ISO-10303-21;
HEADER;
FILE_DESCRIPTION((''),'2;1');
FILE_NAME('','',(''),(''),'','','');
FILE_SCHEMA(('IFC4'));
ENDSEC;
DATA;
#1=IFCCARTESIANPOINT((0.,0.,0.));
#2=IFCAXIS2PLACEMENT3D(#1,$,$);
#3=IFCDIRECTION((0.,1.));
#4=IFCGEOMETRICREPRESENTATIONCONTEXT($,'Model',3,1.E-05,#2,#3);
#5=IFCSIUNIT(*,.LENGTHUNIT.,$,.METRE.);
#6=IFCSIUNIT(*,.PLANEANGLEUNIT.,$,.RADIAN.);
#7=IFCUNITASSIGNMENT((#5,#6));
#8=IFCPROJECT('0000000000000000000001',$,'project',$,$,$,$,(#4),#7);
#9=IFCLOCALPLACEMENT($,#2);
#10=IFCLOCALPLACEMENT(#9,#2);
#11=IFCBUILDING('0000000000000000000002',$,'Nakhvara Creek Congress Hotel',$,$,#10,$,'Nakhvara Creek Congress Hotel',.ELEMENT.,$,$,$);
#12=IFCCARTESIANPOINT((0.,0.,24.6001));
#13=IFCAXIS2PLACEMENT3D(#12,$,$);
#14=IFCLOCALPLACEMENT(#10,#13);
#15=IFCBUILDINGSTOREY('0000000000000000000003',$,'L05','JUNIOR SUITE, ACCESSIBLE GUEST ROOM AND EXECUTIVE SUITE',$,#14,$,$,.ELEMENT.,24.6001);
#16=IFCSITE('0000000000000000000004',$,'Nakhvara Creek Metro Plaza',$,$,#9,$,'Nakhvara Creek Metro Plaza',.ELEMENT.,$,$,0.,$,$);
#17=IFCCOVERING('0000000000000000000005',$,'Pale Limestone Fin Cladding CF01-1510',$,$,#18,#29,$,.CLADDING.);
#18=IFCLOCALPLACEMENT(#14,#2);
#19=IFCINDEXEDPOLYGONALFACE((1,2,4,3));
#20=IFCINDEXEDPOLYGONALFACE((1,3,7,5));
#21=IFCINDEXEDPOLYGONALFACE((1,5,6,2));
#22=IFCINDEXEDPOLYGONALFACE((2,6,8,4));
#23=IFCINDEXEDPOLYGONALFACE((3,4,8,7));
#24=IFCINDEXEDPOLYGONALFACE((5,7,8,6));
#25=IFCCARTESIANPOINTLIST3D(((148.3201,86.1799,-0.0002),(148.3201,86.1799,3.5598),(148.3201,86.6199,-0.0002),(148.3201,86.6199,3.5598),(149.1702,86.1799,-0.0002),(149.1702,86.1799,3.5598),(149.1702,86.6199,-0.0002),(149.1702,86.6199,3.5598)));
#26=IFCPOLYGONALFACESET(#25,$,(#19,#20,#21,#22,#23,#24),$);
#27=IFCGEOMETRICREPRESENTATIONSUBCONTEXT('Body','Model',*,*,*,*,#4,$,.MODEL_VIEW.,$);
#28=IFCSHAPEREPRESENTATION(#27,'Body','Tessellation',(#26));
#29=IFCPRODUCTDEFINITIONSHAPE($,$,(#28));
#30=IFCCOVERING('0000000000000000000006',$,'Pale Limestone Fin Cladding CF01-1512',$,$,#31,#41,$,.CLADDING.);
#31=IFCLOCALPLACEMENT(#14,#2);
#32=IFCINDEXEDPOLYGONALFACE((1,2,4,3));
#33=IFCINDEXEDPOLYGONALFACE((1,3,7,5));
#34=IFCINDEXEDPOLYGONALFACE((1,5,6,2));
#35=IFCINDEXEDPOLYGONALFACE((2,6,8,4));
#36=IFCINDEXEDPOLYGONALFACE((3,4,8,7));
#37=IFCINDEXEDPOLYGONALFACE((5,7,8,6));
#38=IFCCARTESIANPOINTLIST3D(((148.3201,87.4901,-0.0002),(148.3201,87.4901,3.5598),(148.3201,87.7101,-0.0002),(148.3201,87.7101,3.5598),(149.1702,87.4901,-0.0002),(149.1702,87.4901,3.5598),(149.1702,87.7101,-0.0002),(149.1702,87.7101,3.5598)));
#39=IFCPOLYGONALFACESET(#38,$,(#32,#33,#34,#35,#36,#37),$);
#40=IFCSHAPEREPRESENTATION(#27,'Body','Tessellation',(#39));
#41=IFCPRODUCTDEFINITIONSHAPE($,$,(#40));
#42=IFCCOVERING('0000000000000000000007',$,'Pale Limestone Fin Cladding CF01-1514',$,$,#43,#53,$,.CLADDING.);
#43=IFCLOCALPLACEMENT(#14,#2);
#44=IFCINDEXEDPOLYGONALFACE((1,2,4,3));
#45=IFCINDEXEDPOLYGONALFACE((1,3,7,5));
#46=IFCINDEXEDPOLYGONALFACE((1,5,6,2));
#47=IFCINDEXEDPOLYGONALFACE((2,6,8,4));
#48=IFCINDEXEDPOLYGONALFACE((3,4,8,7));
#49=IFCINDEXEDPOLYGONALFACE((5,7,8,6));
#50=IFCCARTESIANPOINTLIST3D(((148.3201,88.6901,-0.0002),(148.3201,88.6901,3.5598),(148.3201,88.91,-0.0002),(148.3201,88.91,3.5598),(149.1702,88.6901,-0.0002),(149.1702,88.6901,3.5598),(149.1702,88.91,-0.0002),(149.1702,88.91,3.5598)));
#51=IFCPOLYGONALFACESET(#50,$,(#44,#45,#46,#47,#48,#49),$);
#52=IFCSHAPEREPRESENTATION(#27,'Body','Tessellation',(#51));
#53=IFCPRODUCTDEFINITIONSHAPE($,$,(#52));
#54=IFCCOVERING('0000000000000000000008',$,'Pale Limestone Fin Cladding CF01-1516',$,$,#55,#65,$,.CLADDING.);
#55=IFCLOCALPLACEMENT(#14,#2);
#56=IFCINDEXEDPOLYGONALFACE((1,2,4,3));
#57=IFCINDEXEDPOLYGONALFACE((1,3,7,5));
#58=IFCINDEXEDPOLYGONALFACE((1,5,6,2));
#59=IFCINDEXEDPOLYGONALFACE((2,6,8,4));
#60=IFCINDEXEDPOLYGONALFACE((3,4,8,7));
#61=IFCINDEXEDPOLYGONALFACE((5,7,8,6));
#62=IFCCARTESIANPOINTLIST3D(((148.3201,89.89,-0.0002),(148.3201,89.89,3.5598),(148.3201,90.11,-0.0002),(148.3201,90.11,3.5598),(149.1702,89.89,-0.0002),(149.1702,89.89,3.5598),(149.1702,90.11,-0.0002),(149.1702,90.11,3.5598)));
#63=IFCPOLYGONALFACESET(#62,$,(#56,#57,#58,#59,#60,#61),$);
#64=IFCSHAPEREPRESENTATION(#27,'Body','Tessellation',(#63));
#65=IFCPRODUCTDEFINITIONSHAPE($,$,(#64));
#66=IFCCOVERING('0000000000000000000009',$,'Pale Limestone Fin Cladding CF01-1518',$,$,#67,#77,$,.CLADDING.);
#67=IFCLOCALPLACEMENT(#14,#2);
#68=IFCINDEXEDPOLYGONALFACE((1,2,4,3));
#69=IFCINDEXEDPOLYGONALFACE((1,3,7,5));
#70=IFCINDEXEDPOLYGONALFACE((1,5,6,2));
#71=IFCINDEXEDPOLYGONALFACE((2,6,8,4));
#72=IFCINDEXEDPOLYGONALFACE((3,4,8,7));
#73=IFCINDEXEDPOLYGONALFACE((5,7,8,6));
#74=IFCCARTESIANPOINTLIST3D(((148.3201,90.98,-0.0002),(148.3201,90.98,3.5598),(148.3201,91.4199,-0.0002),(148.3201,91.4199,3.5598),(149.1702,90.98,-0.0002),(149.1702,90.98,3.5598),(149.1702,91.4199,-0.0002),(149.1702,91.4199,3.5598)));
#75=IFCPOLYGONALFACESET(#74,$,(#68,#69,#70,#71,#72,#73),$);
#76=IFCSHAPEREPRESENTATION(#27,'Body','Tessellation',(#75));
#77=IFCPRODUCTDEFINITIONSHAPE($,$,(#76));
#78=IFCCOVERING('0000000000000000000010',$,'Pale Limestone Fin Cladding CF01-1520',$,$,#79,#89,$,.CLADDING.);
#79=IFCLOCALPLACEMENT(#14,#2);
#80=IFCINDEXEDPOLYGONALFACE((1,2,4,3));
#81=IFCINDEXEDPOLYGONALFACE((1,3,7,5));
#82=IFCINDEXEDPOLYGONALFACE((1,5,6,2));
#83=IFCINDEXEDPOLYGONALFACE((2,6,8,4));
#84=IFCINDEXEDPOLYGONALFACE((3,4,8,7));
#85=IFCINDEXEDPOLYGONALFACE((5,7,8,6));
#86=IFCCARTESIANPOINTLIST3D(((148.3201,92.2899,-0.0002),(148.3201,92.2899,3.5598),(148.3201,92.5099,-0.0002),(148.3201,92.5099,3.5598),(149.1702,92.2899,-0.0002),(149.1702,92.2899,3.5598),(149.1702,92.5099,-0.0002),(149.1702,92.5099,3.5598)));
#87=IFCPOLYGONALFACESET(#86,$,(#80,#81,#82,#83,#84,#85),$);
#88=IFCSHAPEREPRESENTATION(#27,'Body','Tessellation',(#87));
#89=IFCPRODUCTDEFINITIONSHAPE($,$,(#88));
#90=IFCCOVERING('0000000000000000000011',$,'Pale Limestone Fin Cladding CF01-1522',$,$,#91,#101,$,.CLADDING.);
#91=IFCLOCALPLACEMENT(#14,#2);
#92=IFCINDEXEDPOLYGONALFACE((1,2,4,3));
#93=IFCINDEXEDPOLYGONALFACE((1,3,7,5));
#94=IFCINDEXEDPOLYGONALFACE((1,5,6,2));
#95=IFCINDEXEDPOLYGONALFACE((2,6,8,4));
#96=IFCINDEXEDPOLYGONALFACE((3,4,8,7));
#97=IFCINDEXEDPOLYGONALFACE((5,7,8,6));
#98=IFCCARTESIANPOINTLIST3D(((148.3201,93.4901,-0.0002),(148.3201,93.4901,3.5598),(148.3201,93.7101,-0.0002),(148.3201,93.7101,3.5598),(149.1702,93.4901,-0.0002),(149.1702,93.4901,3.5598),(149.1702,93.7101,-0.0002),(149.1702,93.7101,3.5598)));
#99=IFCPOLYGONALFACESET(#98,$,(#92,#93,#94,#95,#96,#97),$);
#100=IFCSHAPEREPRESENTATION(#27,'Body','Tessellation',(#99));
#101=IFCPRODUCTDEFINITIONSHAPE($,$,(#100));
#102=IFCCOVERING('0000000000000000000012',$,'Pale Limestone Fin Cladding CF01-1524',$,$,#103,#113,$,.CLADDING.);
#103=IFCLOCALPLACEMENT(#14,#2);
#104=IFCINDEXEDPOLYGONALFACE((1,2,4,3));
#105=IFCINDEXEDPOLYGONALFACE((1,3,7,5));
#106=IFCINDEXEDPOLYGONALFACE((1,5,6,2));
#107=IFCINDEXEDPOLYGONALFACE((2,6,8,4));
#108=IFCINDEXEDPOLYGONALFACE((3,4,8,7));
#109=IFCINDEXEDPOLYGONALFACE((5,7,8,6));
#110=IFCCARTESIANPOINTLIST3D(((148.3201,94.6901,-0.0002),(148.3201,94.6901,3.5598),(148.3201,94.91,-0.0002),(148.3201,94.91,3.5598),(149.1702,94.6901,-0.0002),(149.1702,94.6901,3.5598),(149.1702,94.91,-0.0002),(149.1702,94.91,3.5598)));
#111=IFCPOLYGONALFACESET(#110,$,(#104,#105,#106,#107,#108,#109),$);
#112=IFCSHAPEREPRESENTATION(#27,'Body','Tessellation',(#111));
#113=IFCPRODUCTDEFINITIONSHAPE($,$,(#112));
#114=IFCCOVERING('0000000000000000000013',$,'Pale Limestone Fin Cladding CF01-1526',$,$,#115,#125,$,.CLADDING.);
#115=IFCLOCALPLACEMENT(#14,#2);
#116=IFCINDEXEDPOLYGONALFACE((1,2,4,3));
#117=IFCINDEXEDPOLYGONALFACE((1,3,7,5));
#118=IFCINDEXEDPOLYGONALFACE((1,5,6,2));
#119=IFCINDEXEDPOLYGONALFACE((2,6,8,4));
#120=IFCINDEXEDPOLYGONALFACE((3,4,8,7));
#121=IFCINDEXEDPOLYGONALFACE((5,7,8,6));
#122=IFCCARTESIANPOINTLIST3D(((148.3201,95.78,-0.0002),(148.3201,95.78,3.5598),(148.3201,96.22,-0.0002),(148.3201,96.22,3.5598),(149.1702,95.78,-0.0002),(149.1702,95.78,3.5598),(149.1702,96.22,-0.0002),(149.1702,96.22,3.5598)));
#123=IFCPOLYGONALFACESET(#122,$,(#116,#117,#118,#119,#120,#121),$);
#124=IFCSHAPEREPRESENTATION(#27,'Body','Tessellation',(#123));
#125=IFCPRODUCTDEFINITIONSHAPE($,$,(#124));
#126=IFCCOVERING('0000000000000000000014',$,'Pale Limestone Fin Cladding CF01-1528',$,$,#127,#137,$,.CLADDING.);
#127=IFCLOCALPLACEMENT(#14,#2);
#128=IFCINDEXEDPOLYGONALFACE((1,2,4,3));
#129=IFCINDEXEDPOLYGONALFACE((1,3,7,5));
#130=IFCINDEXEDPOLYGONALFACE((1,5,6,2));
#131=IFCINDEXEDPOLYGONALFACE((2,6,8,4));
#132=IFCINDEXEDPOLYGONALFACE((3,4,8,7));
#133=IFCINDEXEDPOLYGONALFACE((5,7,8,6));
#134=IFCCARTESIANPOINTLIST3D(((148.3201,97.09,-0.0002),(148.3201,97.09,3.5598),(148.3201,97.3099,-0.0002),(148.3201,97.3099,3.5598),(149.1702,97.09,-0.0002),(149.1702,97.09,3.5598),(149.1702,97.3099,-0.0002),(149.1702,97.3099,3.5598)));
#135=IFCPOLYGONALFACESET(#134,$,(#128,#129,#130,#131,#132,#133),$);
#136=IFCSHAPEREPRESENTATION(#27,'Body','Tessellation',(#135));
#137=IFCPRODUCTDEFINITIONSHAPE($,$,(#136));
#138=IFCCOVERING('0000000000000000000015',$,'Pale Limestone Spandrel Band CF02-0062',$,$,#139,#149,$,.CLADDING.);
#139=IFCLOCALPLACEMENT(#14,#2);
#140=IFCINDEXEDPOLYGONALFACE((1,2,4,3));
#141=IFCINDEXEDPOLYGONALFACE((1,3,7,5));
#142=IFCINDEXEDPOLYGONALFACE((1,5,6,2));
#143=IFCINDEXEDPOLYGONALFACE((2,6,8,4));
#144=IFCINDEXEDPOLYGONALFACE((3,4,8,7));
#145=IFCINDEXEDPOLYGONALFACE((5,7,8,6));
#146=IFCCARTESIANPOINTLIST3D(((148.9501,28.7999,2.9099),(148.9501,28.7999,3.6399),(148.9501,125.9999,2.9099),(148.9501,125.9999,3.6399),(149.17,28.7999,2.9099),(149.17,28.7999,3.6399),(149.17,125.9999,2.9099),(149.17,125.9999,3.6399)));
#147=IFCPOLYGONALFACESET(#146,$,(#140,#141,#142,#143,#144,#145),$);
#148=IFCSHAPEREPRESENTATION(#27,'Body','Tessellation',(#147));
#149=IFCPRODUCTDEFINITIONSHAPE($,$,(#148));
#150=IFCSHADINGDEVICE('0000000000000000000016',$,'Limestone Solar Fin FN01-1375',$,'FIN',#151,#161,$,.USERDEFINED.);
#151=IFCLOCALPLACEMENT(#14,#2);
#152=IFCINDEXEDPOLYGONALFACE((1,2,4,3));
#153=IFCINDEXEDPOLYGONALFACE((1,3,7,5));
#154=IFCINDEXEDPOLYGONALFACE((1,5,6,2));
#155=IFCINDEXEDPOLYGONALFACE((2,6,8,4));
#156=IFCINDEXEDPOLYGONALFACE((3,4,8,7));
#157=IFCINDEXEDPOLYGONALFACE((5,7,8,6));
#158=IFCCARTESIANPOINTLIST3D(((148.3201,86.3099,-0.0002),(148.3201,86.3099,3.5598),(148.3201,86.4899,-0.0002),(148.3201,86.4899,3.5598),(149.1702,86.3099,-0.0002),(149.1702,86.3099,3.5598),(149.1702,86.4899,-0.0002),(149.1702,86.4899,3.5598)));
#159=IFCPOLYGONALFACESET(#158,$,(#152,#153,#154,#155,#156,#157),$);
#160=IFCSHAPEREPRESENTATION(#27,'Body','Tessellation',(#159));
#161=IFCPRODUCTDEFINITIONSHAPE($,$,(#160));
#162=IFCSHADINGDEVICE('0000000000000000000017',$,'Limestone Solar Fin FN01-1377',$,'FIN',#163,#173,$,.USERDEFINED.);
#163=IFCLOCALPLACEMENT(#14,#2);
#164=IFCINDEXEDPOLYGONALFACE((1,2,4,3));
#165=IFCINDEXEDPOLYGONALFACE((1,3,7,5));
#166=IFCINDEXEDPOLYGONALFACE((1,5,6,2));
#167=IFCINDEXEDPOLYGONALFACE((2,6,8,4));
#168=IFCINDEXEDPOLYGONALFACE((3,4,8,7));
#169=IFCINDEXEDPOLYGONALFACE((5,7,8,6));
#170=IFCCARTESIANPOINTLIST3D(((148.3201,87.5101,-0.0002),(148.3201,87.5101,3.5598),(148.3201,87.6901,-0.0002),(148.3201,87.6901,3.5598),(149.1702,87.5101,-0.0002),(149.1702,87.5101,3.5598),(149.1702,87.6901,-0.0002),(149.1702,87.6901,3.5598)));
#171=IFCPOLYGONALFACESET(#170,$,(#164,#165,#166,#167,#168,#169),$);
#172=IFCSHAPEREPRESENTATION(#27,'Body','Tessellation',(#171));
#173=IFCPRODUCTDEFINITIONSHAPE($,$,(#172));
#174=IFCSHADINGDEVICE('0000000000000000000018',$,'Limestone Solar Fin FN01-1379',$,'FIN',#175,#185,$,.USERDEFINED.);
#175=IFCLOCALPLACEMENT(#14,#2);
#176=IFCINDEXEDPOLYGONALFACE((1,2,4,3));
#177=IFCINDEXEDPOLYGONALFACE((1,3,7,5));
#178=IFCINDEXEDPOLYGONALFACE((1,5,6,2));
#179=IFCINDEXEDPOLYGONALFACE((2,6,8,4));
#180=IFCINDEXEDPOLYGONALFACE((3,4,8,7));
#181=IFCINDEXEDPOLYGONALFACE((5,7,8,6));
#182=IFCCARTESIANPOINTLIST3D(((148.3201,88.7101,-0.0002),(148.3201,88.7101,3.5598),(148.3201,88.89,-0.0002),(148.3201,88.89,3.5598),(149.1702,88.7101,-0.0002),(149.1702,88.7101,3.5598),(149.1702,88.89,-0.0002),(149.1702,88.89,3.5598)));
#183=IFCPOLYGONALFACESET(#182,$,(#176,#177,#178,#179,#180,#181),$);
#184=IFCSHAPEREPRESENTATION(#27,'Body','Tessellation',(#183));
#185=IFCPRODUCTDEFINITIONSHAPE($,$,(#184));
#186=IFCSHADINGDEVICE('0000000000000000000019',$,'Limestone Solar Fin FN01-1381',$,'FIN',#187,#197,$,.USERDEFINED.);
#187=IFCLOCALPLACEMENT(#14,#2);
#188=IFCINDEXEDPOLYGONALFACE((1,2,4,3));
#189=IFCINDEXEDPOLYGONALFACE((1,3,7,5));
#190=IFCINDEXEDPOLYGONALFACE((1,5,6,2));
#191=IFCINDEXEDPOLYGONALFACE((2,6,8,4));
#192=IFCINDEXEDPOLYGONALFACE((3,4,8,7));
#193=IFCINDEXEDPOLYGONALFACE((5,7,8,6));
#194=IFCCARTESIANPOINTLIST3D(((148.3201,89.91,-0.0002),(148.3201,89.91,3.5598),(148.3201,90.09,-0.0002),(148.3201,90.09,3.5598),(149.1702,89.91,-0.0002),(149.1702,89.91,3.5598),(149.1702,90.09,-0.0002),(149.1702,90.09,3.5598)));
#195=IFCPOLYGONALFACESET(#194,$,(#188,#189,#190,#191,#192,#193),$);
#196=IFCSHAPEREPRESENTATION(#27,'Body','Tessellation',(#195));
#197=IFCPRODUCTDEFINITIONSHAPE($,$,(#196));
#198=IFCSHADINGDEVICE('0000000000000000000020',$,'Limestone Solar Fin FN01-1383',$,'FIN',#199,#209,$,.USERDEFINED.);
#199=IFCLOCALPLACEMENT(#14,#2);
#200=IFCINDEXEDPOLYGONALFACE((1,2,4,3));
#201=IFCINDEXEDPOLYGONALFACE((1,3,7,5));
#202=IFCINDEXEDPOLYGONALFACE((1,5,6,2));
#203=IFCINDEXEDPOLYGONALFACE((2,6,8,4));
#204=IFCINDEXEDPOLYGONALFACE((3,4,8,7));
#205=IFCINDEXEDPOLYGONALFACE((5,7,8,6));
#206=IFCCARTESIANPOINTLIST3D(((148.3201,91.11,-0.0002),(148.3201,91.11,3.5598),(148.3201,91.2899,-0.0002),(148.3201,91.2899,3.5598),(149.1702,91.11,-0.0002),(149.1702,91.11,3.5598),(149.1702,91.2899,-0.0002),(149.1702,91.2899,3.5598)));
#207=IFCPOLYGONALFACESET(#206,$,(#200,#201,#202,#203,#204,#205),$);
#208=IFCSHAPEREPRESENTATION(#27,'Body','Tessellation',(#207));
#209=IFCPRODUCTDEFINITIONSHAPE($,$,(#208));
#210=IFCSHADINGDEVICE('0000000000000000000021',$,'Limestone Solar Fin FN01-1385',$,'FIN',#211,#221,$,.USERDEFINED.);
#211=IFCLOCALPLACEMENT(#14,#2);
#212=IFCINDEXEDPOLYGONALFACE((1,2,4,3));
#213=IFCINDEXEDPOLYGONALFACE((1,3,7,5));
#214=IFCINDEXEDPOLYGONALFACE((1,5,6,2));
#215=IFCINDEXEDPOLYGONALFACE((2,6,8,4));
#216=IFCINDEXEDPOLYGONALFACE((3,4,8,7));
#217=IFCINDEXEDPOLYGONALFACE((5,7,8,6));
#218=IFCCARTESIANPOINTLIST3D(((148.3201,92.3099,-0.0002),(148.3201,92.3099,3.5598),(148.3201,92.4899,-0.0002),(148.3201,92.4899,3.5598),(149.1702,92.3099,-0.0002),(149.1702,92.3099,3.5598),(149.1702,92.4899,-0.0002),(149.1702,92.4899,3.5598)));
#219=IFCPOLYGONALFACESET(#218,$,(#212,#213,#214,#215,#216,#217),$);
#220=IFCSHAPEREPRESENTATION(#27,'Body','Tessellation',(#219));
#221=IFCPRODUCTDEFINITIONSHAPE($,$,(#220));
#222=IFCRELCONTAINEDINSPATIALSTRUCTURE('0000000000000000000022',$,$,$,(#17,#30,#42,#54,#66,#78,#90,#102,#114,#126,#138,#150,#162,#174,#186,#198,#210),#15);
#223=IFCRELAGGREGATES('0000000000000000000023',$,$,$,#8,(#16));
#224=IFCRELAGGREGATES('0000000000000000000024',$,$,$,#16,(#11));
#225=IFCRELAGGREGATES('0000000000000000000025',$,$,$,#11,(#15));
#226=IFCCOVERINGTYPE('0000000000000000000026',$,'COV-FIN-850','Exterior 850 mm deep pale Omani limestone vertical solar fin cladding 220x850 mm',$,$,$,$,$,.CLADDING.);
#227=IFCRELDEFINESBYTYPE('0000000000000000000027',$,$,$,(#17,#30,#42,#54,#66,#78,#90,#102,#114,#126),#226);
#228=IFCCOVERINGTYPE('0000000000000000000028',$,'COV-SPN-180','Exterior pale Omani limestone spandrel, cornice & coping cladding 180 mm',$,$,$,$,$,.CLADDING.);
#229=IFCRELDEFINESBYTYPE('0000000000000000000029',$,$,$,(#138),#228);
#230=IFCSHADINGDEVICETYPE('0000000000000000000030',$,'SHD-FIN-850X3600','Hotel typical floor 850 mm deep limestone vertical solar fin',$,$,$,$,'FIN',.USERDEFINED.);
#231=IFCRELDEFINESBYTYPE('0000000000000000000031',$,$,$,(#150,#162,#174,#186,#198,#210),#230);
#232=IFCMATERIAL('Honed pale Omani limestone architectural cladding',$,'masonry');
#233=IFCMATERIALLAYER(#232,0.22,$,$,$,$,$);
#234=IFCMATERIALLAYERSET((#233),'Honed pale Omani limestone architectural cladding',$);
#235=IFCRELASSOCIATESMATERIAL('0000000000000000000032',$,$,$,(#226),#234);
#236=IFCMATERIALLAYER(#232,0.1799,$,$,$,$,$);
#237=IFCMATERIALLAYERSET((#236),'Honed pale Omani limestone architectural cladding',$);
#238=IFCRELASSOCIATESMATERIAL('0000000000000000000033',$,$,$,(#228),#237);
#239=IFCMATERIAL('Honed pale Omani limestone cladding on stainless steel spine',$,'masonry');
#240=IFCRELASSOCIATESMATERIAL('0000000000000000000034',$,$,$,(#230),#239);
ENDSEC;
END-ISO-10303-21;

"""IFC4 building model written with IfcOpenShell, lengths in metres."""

from ifc_helpers import new_model, si_unit, direction, frame, origin, origin_2d, place, context, subcontext, project, spatial, rectangle, extrude, material, layer, layer_set, type_object, element, save


model = new_model("IFC4")

# Units and contexts
model_context = context("Model", 3, precision=1e-05, world=origin(), true_north=direction((0.0, 1.0)))
body_context = subcontext(model_context, "Body", "Model", "MODEL_VIEW")
ifc_project = project(units=[si_unit("LENGTHUNIT", "METRE"), si_unit("PLANEANGLEUNIT", "RADIAN")], contexts=[model_context])

# Site, building, storey
site_placement = place(None, origin())
site = spatial("IfcSite", under=ifc_project, at=site_placement, Name="Nakhvara Creek Metro Plaza", LongName="Nakhvara Creek Metro Plaza", CompositionType="ELEMENT", RefElevation=0.0)
building_placement = place(site_placement, origin())
building = spatial("IfcBuilding", under=site, at=building_placement, Name="Nakhvara Creek Congress Hotel", LongName="Nakhvara Creek Congress Hotel", CompositionType="ELEMENT")
storey_placement = place(building_placement, frame((0.0, 0.0, 24.6001)))
storey = spatial("IfcBuildingStorey", under=building, at=storey_placement, Name="L05", Description="JUNIOR SUITE, ACCESSIBLE GUEST ROOM AND EXECUTIVE SUITE", CompositionType="ELEMENT", Elevation=24.6001)

# Coverings
ifc_material_1 = material(Name="Honed pale Omani limestone architectural cladding", Category="masonry")
ifc_layer_1 = layer(ifc_material_1, 0.22)
ifc_layer_set_1 = layer_set([ifc_layer_1], Name="Honed pale Omani limestone architectural cladding")
covering_type_1 = type_object("IfcCoveringType", Name="COV-FIN-850", Description="Exterior 850 mm deep pale Omani limestone vertical solar fin cladding 220x850 mm", PredefinedType="CLADDING", material=ifc_layer_set_1)
covering_1_placement = place(storey_placement, frame((148.7451, 86.3999, -0.0002), z_axis=(0.0, 0.0, 1.0), x_axis=(0.0, 1.0, 0.0)))
element("IfcCovering", 1, at=covering_1_placement, inside=storey, type_object=covering_type_1, Name="Pale Limestone Fin Cladding CF01-1510", PredefinedType="CLADDING", context=body_context, shape_type="SweptSolid", body=[
    extrude(rectangle(XDim=0.4399, YDim=0.8501, at=origin_2d()), origin(), (0.0, 0.0, 1.0), 3.5601),
])
for number, where, z_axis, x_axis, name in (
    (2, (148.7451, 87.6001, -0.0002), (0.0, 0.0, 1.0), (0.0, 1.0, 0.0), "Pale Limestone Fin Cladding CF01-1512"),
    (3, (148.7451, 88.8, -0.0002), (0.0, 0.0, 1.0), (0.0, 1.0, 0.0), "Pale Limestone Fin Cladding CF01-1514"),
    (4, (148.7451, 90.0, -0.0002), (0.0, 0.0, 1.0), (0.0, 1.0, 0.0), "Pale Limestone Fin Cladding CF01-1516"),
):
    element("IfcCovering", number, at=place(storey_placement, frame(where, z_axis=z_axis, x_axis=x_axis)), inside=storey, type_object=covering_type_1, Name=name, PredefinedType="CLADDING", context=body_context, shape_type="SweptSolid", body=[
        extrude(rectangle(XDim=0.22, YDim=0.8501, at=origin_2d()), origin(), (0.0, 0.0, 1.0), 3.5601),
    ])
covering_2_placement = place(storey_placement, frame((148.7451, 91.2, -0.0002), z_axis=(0.0, 0.0, 1.0), x_axis=(0.0, 1.0, 0.0)))
element("IfcCovering", 5, at=covering_2_placement, inside=storey, type_object=covering_type_1, Name="Pale Limestone Fin Cladding CF01-1518", PredefinedType="CLADDING", context=body_context, shape_type="SweptSolid", body=[
    extrude(rectangle(XDim=0.4399, YDim=0.8501, at=origin_2d()), origin(), (0.0, 0.0, 1.0), 3.5601),
])
for number, where, z_axis, x_axis, name in (
    (6, (148.7451, 92.3999, -0.0002), (0.0, 0.0, 1.0), (0.0, 1.0, 0.0), "Pale Limestone Fin Cladding CF01-1520"),
    (7, (148.7451, 93.6001, -0.0002), (0.0, 0.0, 1.0), (0.0, 1.0, 0.0), "Pale Limestone Fin Cladding CF01-1522"),
    (8, (148.7451, 94.8, -0.0002), (0.0, 0.0, 1.0), (0.0, 1.0, 0.0), "Pale Limestone Fin Cladding CF01-1524"),
):
    element("IfcCovering", number, at=place(storey_placement, frame(where, z_axis=z_axis, x_axis=x_axis)), inside=storey, type_object=covering_type_1, Name=name, PredefinedType="CLADDING", context=body_context, shape_type="SweptSolid", body=[
        extrude(rectangle(XDim=0.22, YDim=0.8501, at=origin_2d()), origin(), (0.0, 0.0, 1.0), 3.5601),
    ])
covering_3_placement = place(storey_placement, frame((148.7451, 96.0, -0.0002), z_axis=(0.0, 0.0, 1.0), x_axis=(0.0, 1.0, 0.0)))
element("IfcCovering", 9, at=covering_3_placement, inside=storey, type_object=covering_type_1, Name="Pale Limestone Fin Cladding CF01-1526", PredefinedType="CLADDING", context=body_context, shape_type="SweptSolid", body=[
    extrude(rectangle(XDim=0.4399, YDim=0.8501, at=origin_2d()), origin(), (0.0, 0.0, 1.0), 3.5601),
])
covering_4_placement = place(storey_placement, frame((148.7451, 97.2, -0.0002), z_axis=(0.0, 0.0, 1.0), x_axis=(0.0, 1.0, 0.0)))
element("IfcCovering", 10, at=covering_4_placement, inside=storey, type_object=covering_type_1, Name="Pale Limestone Fin Cladding CF01-1528", PredefinedType="CLADDING", context=body_context, shape_type="SweptSolid", body=[
    extrude(rectangle(XDim=0.22, YDim=0.8501, at=origin_2d()), origin(), (0.0, 0.0, 1.0), 3.5601),
])
ifc_layer_2 = layer(ifc_material_1, 0.1799)
ifc_layer_set_2 = layer_set([ifc_layer_2], Name="Honed pale Omani limestone architectural cladding")
covering_type_2 = type_object("IfcCoveringType", Name="COV-SPN-180", Description="Exterior pale Omani limestone spandrel, cornice & coping cladding 180 mm", PredefinedType="CLADDING", material=ifc_layer_set_2)
covering_5_placement = place(storey_placement, frame((149.0601, 77.3999, 2.9099), z_axis=(0.0, 0.0, 1.0), x_axis=(0.0, 1.0, 0.0)))
element("IfcCovering", 11, at=covering_5_placement, inside=storey, type_object=covering_type_2, Name="Pale Limestone Spandrel Band CF02-0062", PredefinedType="CLADDING", context=body_context, shape_type="SweptSolid", body=[
    extrude(rectangle(XDim=97.2, YDim=0.22, at=origin_2d()), origin(), (0.0, 0.0, 1.0), 0.73),
])

# Shading devices
ifc_material_2 = material(Name="Honed pale Omani limestone cladding on stainless steel spine", Category="masonry")
shading_device_type = type_object("IfcShadingDeviceType", Name="SHD-FIN-850X3600", Description="Hotel typical floor 850 mm deep limestone vertical solar fin", ElementType="FIN", PredefinedType="USERDEFINED", material=ifc_material_2)
for number, where, z_axis, x_axis, name in (
    (12, (148.7451, 86.3999, -0.0002), (0.0, 0.0, 1.0), (0.0, 1.0, 0.0), "Limestone Solar Fin FN01-1375"),
    (13, (148.7451, 87.6001, -0.0002), (0.0, 0.0, 1.0), (0.0, 1.0, 0.0), "Limestone Solar Fin FN01-1377"),
    (14, (148.7451, 88.8, -0.0002), (0.0, 0.0, 1.0), (0.0, 1.0, 0.0), "Limestone Solar Fin FN01-1379"),
    (15, (148.7451, 90.0, -0.0002), (0.0, 0.0, 1.0), (0.0, 1.0, 0.0), "Limestone Solar Fin FN01-1381"),
    (16, (148.7451, 91.2, -0.0002), (0.0, 0.0, 1.0), (0.0, 1.0, 0.0), "Limestone Solar Fin FN01-1383"),
    (17, (148.7451, 92.3999, -0.0002), (0.0, 0.0, 1.0), (0.0, 1.0, 0.0), "Limestone Solar Fin FN01-1385"),
):
    element("IfcShadingDevice", number, at=place(storey_placement, frame(where, z_axis=z_axis, x_axis=x_axis)), inside=storey, type_object=shading_device_type, Name=name, ObjectType="FIN", PredefinedType="USERDEFINED", context=body_context, shape_type="SweptSolid", body=[
        extrude(rectangle(XDim=0.1799, YDim=0.8501, at=origin_2d()), origin(), (0.0, 0.0, 1.0), 3.5601),
    ])

save(model, "model.ifc")
